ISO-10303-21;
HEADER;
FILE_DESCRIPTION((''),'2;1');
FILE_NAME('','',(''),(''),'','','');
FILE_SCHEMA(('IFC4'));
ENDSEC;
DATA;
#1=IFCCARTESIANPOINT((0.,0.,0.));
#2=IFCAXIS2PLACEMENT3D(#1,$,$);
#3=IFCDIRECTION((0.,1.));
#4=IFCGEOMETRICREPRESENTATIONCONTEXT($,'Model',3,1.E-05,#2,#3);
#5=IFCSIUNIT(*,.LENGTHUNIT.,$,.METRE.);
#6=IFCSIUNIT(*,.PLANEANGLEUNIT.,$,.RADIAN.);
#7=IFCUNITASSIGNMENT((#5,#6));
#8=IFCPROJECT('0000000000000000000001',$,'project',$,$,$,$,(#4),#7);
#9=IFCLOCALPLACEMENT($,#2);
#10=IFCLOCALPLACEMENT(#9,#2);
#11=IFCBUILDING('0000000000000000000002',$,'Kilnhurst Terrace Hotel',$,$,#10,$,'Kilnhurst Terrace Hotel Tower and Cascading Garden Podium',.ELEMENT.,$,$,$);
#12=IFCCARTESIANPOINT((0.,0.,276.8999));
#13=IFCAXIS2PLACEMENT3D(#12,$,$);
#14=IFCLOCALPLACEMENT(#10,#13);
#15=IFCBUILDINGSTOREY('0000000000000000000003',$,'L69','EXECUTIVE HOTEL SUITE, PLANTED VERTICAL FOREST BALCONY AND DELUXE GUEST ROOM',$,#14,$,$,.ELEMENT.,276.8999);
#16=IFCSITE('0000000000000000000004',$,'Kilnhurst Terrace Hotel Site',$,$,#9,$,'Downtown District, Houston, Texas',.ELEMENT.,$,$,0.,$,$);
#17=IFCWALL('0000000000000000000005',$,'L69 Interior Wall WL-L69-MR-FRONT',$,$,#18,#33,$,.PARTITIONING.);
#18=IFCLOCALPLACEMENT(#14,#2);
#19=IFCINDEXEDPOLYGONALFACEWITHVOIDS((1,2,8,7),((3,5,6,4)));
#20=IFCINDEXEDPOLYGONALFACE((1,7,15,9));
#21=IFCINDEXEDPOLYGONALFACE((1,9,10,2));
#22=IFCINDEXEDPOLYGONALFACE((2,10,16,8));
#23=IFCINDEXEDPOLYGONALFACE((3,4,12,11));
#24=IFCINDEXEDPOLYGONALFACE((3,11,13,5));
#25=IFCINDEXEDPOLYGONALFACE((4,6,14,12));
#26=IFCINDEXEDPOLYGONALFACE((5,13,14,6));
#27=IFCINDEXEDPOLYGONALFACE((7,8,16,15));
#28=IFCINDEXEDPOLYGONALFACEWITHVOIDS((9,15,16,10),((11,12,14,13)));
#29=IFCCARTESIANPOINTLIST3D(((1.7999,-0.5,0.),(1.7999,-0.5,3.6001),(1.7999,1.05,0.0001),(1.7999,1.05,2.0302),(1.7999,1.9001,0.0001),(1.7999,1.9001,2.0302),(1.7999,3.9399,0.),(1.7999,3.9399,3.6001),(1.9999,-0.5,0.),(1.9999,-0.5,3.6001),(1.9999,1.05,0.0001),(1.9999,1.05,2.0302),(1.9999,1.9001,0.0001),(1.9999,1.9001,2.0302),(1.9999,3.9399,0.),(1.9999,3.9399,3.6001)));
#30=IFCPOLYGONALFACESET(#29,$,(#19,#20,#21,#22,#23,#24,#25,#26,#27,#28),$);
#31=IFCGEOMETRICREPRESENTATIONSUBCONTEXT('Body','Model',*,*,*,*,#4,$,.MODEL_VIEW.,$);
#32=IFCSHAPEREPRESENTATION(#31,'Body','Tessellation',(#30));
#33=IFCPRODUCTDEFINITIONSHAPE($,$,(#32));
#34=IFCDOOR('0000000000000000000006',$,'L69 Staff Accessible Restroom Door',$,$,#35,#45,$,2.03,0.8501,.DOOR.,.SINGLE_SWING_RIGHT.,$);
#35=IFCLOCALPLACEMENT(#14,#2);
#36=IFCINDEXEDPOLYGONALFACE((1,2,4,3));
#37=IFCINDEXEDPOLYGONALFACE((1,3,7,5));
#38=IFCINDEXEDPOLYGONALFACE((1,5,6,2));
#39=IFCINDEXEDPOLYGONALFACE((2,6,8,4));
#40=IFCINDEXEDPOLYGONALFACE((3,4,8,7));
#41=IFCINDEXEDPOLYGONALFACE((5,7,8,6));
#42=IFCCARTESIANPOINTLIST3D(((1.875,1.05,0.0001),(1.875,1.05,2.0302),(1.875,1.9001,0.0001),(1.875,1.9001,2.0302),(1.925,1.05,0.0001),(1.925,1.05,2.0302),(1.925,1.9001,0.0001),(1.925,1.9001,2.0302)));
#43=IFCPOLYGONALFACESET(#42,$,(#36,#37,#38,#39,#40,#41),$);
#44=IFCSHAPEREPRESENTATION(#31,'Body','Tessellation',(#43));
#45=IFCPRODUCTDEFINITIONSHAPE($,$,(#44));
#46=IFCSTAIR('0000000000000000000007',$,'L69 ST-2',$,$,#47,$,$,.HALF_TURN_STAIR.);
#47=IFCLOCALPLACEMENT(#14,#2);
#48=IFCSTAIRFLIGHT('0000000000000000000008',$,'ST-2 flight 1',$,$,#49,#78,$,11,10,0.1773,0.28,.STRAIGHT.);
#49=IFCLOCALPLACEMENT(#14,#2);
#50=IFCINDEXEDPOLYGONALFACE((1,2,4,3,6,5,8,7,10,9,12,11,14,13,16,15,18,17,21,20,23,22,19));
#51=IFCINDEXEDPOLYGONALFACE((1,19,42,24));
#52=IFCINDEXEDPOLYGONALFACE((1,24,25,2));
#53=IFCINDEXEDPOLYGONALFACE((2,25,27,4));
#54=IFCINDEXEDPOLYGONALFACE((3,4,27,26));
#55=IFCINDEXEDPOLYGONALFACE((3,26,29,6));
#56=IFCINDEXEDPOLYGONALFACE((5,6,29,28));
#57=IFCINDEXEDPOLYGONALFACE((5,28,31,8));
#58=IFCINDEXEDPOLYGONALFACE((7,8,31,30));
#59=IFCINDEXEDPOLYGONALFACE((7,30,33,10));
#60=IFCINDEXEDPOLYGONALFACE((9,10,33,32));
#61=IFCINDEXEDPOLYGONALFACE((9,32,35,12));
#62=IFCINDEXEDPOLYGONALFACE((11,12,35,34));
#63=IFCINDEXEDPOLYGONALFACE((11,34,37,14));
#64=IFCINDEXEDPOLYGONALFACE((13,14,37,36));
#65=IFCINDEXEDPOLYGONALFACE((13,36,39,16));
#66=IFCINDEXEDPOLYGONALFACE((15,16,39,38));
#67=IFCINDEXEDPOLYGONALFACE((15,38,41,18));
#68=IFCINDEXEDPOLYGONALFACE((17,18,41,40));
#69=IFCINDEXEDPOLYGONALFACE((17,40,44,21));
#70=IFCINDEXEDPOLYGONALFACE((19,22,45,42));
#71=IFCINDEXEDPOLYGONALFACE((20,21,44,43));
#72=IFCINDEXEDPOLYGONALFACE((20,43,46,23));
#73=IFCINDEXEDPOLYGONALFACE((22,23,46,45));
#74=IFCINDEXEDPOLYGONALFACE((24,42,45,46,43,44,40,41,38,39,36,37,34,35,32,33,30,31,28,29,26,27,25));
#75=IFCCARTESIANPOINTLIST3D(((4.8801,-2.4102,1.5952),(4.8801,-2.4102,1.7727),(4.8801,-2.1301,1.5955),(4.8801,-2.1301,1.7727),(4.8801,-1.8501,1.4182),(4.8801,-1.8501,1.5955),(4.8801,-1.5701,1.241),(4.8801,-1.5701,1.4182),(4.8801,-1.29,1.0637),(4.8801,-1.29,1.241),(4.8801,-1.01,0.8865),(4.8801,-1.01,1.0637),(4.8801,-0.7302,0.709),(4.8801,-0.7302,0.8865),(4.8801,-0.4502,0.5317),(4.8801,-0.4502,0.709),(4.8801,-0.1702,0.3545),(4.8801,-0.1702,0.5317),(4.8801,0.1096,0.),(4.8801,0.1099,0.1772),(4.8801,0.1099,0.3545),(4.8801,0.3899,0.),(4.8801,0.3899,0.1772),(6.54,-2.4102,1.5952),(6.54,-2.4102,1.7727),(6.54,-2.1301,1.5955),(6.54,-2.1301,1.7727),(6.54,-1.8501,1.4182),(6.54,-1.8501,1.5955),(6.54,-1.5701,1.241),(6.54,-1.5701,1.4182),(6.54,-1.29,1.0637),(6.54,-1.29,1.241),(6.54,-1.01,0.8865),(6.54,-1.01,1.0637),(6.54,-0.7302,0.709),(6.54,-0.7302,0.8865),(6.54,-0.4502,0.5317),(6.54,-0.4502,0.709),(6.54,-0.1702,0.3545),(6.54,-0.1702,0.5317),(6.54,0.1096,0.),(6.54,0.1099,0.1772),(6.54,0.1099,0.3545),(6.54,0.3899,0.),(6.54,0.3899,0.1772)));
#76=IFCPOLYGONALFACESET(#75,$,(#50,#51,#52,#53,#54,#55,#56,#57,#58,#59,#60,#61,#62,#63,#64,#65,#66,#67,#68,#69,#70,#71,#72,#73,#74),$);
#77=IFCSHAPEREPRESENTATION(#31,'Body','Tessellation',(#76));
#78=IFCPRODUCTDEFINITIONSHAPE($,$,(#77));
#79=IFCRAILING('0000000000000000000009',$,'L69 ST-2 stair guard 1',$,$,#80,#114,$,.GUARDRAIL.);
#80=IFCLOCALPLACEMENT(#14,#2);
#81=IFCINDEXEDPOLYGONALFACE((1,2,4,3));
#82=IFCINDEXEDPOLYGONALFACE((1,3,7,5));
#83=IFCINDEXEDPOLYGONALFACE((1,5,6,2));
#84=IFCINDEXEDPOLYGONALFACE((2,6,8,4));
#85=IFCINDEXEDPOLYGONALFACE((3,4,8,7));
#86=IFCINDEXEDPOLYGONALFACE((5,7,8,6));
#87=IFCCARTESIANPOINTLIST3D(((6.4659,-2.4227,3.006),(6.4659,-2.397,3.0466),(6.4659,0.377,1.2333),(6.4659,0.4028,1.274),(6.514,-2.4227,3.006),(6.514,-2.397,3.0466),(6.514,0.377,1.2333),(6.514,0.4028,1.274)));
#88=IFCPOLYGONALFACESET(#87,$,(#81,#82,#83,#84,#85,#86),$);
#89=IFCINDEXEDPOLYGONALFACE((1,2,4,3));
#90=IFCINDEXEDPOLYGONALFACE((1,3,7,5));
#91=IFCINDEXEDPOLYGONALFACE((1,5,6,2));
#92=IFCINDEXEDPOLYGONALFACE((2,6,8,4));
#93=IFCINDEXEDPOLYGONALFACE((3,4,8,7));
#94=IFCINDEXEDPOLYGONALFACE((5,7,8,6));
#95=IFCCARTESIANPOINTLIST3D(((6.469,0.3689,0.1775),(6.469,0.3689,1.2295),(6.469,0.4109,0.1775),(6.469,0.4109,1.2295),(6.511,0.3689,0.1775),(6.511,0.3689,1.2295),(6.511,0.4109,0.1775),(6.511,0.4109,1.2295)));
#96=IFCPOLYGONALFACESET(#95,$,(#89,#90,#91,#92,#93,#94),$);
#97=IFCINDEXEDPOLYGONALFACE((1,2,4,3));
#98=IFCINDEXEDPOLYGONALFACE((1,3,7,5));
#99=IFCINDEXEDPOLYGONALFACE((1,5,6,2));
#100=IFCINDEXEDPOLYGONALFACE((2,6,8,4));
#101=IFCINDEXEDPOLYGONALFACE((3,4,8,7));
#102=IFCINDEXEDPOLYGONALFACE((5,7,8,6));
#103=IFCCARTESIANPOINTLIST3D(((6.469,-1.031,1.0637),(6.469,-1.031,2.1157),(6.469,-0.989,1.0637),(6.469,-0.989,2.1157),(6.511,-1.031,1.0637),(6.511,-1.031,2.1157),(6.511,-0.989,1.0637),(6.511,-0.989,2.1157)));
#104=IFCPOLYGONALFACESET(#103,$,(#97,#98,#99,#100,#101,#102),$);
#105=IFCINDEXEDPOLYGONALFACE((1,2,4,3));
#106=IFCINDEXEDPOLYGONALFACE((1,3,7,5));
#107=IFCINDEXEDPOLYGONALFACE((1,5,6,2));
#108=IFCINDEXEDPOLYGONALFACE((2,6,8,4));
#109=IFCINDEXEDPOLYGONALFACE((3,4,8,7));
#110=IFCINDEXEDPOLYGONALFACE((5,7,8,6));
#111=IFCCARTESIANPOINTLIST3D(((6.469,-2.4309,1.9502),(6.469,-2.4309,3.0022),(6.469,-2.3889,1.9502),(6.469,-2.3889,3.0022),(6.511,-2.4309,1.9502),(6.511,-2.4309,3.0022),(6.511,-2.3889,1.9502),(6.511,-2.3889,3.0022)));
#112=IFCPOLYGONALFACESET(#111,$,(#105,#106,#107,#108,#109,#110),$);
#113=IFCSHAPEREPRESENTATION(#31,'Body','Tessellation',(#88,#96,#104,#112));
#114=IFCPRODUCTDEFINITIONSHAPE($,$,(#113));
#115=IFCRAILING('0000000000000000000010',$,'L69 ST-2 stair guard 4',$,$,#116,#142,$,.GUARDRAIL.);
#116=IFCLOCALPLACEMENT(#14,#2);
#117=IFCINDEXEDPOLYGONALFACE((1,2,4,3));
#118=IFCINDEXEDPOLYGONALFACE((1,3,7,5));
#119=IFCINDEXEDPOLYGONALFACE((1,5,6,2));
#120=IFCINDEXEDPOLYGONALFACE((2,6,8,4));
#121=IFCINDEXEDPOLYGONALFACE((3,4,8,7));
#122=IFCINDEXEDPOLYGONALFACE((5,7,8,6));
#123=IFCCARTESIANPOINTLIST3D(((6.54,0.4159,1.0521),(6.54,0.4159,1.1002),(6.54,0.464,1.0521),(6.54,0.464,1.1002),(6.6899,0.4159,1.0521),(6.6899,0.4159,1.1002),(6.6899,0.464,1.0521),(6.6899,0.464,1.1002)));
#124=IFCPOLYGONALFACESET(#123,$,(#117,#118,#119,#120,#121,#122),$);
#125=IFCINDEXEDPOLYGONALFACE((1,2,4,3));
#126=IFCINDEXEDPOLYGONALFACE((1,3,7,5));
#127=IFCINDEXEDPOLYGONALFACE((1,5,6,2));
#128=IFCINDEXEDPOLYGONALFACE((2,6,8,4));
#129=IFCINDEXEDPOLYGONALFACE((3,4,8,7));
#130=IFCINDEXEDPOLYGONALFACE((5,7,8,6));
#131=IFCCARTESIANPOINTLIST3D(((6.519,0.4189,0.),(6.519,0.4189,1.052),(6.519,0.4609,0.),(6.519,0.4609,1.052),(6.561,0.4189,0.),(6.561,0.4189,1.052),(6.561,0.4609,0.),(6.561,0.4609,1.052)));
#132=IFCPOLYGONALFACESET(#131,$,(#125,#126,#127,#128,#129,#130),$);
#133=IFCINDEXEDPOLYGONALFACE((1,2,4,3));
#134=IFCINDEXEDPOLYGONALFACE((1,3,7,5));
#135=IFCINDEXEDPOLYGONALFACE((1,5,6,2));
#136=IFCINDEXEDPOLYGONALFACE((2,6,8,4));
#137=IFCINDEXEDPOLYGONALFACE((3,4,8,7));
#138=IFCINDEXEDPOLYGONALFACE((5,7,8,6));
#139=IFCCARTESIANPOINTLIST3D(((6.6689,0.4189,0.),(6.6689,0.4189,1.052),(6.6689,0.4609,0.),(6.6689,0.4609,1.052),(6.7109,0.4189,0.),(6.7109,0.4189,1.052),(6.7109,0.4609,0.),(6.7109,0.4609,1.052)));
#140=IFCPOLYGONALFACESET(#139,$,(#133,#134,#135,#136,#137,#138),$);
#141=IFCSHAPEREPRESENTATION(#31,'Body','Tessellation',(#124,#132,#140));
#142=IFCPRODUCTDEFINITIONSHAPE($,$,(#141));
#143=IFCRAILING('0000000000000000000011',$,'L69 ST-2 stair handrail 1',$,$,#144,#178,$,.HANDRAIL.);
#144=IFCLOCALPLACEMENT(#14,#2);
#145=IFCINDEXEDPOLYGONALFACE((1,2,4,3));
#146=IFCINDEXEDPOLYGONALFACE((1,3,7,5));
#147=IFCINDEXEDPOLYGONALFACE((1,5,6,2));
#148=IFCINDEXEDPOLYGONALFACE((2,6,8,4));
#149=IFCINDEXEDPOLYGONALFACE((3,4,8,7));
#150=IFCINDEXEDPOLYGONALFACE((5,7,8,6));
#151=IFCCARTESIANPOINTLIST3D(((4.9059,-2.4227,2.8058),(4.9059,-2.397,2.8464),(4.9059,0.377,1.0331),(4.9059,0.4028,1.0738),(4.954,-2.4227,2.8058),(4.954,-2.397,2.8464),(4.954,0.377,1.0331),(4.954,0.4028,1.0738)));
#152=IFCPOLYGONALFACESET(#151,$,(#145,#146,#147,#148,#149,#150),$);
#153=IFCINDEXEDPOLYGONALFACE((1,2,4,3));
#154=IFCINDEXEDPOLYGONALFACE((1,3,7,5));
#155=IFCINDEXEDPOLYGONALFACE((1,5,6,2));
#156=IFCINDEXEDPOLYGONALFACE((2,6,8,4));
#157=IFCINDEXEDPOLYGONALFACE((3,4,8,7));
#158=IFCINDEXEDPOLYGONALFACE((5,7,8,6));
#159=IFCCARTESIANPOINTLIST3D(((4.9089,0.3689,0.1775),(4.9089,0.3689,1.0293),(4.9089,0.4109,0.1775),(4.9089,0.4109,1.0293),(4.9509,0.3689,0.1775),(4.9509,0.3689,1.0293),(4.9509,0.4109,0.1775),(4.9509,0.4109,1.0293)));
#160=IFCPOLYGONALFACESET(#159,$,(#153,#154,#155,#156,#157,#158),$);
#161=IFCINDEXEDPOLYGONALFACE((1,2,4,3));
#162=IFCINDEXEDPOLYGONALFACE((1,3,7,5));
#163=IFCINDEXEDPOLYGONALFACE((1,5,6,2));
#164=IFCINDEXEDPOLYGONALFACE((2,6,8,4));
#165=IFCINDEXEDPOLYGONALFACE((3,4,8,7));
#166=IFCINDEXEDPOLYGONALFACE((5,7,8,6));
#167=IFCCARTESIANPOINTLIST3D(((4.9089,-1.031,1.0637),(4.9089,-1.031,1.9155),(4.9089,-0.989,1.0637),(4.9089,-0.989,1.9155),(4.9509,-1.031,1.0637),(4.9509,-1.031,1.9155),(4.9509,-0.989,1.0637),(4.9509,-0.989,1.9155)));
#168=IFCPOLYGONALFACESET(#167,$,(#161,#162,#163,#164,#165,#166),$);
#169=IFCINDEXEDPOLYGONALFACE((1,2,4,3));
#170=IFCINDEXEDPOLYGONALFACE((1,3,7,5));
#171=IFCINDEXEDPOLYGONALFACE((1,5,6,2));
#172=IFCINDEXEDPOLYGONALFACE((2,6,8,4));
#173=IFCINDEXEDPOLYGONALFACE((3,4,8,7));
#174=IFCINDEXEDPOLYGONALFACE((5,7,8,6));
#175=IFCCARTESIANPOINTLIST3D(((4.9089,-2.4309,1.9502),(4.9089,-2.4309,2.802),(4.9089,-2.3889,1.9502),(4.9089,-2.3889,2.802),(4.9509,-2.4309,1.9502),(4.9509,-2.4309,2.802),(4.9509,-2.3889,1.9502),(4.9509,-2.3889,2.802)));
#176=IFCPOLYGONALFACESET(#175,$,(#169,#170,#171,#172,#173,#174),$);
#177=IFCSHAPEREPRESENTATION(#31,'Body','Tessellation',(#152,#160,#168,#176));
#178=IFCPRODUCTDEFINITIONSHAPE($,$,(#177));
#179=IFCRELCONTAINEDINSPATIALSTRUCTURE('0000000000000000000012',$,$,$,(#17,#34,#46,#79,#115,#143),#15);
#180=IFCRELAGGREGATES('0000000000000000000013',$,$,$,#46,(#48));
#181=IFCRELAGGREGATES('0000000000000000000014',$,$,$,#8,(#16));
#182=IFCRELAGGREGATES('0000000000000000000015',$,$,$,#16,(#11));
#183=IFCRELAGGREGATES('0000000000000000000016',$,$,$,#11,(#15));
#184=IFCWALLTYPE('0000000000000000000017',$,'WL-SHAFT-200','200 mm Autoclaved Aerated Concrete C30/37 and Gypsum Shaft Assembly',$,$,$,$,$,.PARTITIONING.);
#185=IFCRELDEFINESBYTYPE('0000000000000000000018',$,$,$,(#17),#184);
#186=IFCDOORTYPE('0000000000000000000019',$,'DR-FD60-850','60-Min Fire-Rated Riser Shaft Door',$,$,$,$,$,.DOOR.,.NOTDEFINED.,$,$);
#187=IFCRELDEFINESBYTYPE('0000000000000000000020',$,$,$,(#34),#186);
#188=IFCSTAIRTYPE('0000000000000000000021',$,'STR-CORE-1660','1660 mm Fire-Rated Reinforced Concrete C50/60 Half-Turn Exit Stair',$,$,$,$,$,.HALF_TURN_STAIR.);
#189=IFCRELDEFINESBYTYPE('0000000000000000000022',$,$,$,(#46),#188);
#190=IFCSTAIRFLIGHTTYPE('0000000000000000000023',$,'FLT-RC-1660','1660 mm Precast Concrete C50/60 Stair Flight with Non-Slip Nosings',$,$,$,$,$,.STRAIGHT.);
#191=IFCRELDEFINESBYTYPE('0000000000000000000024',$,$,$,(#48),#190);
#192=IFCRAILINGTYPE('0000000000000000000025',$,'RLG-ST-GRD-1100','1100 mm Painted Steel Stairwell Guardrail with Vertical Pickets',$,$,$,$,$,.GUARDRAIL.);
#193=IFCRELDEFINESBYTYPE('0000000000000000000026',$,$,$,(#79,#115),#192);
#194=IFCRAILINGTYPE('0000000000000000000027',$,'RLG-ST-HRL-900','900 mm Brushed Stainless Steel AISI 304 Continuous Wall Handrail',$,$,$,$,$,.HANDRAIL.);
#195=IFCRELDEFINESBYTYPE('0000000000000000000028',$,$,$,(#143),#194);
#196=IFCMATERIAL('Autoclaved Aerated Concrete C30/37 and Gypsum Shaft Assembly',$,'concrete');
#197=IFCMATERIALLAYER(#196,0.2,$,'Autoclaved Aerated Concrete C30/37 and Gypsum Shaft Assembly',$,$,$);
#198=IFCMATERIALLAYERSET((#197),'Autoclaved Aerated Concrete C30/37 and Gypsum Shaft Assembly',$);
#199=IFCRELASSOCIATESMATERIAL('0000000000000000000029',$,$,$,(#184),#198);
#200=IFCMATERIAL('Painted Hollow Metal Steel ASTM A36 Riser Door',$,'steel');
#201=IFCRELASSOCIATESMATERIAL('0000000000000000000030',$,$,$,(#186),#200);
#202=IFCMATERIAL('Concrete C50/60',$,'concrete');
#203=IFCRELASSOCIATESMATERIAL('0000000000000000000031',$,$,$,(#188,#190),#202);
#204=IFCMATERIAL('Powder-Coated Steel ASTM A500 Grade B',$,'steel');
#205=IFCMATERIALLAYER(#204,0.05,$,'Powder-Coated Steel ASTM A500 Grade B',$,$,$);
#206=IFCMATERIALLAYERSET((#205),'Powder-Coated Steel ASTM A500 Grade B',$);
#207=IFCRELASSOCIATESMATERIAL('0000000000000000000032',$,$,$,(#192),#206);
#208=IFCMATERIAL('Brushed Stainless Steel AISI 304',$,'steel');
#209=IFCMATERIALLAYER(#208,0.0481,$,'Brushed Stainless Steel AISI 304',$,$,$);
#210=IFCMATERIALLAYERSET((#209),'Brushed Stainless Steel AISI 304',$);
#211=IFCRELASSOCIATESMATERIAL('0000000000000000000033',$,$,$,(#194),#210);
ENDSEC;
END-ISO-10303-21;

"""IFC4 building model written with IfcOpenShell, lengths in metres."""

from ifc_helpers import new_model, si_unit, direction, frame, frame_2d, origin, origin_2d, place, context, subcontext, project, spatial, polyline, rectangle, outline, extrude, material, layer, layer_set, type_object, element, fill, aggregate, save


model = new_model("IFC4")

# Units and contexts
model_context = context("Model", 3, precision=1e-05, world=origin(), true_north=direction((0.0, 1.0)))
body_context = subcontext(model_context, "Body", "Model", "MODEL_VIEW")
ifc_project = project(units=[si_unit("LENGTHUNIT", "METRE"), si_unit("PLANEANGLEUNIT", "RADIAN")], contexts=[model_context])

# Site, building, storey
site_placement = place(None, origin())
site = spatial("IfcSite", under=ifc_project, at=site_placement, Name="Kilnhurst Terrace Hotel Site", LongName="Downtown District, Houston, Texas", CompositionType="ELEMENT", RefElevation=0.0)
building_placement = place(site_placement, origin())
building = spatial("IfcBuilding", under=site, at=building_placement, Name="Kilnhurst Terrace Hotel", LongName="Kilnhurst Terrace Hotel Tower and Cascading Garden Podium", CompositionType="ELEMENT")
storey_placement = place(building_placement, frame((0.0, 0.0, 276.8999)))
storey = spatial("IfcBuildingStorey", under=building, at=storey_placement, Name="L69", Description="EXECUTIVE HOTEL SUITE, PLANTED VERTICAL FOREST BALCONY AND DELUXE GUEST ROOM", CompositionType="ELEMENT", Elevation=276.8999)

# Shared definitions
ifc_material_1 = material(Name="Autoclaved Aerated Concrete C30/37 and Gypsum Shaft Assembly", Category="concrete")
ifc_layer_1 = layer(ifc_material_1, 0.2, Name="Autoclaved Aerated Concrete C30/37 and Gypsum Shaft Assembly")
ifc_layer_set_1 = layer_set([ifc_layer_1], Name="Autoclaved Aerated Concrete C30/37 and Gypsum Shaft Assembly")
wall_type_1 = type_object("IfcWallType", Name="WL-SHAFT-200", Description="200 mm Autoclaved Aerated Concrete C30/37 and Gypsum Shaft Assembly", PredefinedType="PARTITIONING", material=ifc_layer_set_1)
ifc_material_2 = material(Name="Painted Hollow Metal Steel ASTM A36 Riser Door", Category="steel")
door_type_1 = type_object("IfcDoorType", Name="DR-FD60-850", Description="60-Min Fire-Rated Riser Shaft Door", OperationType="NOTDEFINED", PredefinedType="DOOR", material=ifc_material_2)

# Wall, opening, door
wall_1_placement = place(storey_placement, frame((1.8999, -0.5, 0.0), z_axis=(0.0, 0.0, 1.0), x_axis=(0.0, 1.0, 0.0)))
wall_1 = element("IfcWall", 1, at=wall_1_placement, inside=storey, type_object=wall_type_1, Name="L69 Interior Wall WL-L69-MR-FRONT", PredefinedType="PARTITIONING", context=body_context, shape_type="SweptSolid", body=[
    extrude(rectangle(XDim=4.4399, YDim=0.2, at=frame_2d((2.22, 0.0))), origin(), (0.0, 0.0, 1.0), 3.6001),
])
opening_1_placement = place(wall_1_placement, frame((1.55, 0.0, 0.0)))
opening_1 = element("IfcOpeningElement", 2, at=opening_1_placement, cuts=wall_1, PredefinedType="OPENING", context=body_context, shape_type="SweptSolid", body=[
    extrude(rectangle(XDim=0.8501, YDim=2.03, at=frame_2d((0.425, 1.0151))), frame((0.0, 0.1099, 0.0), z_axis=(0.0, -1.0, 0.0), x_axis=(1.0, 0.0, 0.0)), (0.0, 0.0, 1.0), 0.22),
])
door_1_placement = place(opening_1_placement, origin())
door_1 = element("IfcDoor", 3, at=door_1_placement, inside=storey, type_object=door_type_1, Name="L69 Staff Accessible Restroom Door", OperationType="SINGLE_SWING_RIGHT", OverallHeight=2.03, OverallWidth=0.8501, PredefinedType="DOOR", context=body_context, shape_type="SweptSolid", body=[
    extrude(rectangle(XDim=0.8501, YDim=2.03, at=frame_2d((0.425, 1.0151))), frame((0.0, 0.0249, 0.0), z_axis=(0.0, -1.0, 0.0), x_axis=(1.0, 0.0, 0.0)), (0.0, 0.0, 1.0), 0.05),
])
fill(opening_1, door_1)
ifc_material_3 = material(Name="Concrete C50/60", Category="concrete")

# Stair, stair flight
stair_type = type_object("IfcStairType", Name="STR-CORE-1660", Description="1660 mm Fire-Rated Reinforced Concrete C50/60 Half-Turn Exit Stair", PredefinedType="HALF_TURN_STAIR", material=ifc_material_3)
stair_placement = place(storey_placement, origin())
stair = element("IfcStair", 4, at=stair_placement, inside=storey, type_object=stair_type, Name="L69 ST-2", PredefinedType="HALF_TURN_STAIR")
stair_flight_type = type_object("IfcStairFlightType", Name="FLT-RC-1660", Description="1660 mm Precast Concrete C50/60 Stair Flight with Non-Slip Nosings", PredefinedType="STRAIGHT", material=ifc_material_3)
stair_flight_placement = place(storey_placement, frame((5.71, 0.3899, 0.0), z_axis=(0.0, 0.0, 1.0), x_axis=(0.0, -1.0, 0.0)))
stair_flight = element("IfcStairFlight", 5, at=stair_flight_placement, type_object=stair_flight_type, Name="ST-2 flight 1", NumberOfRisers=11, NumberOfTreads=10, PredefinedType="STRAIGHT", RiserHeight=0.1773, TreadLength=0.28, context=body_context, shape_type="SweptSolid", body=[
    extrude(outline(polyline([(0.0, 0.0), (0.0, 0.1772), (0.28, 0.1772), (0.28, 0.3545), (0.5601, 0.3545), (0.5601, 0.5317), (0.8401, 0.5317), (0.8401, 0.709), (1.1201, 0.709), (1.1201, 0.8865), (1.3999, 0.8865), (1.3999, 1.0637), (1.6799, 1.0637), (1.6799, 1.241), (1.96, 1.241), (1.96, 1.4182), (2.24, 1.4182), (2.24, 1.5955), (2.52, 1.5955), (2.52, 1.7727), (2.8, 1.7727), (2.8, 1.95), (2.8, 1.5952), (0.2803, 0.0), (0.0, 0.0)])), frame((0.0, 0.8301, 0.0), z_axis=(0.0, -1.0, 0.0), x_axis=(1.0, 0.0, 0.0)), (0.0, 0.0, 1.0), 1.6599),
])
aggregate(stair, [stair_flight])

# Railings
ifc_material_4 = material(Name="Powder-Coated Steel ASTM A500 Grade B", Category="steel")
ifc_layer_2 = layer(ifc_material_4, 0.05, Name="Powder-Coated Steel ASTM A500 Grade B")
ifc_layer_set_2 = layer_set([ifc_layer_2], Name="Powder-Coated Steel ASTM A500 Grade B")
railing_type_1 = type_object("IfcRailingType", Name="RLG-ST-GRD-1100", Description="1100 mm Painted Steel Stairwell Guardrail with Vertical Pickets", PredefinedType="GUARDRAIL", material=ifc_layer_set_2)
railing_1_placement = place(storey_placement, frame((6.49, 0.3899, 0.1775)))
element("IfcRailing", 6, at=railing_1_placement, inside=storey, type_object=railing_type_1, Name="L69 ST-2 stair guard 1", PredefinedType="GUARDRAIL", context=body_context, shape_type="SweptSolid", body=[
    extrude(rectangle(XDim=0.0481, YDim=0.0481, at=origin_2d()), frame((0.0, 0.0, 1.0762), z_axis=(0.0, -0.844888, 0.534943), x_axis=(1.0, 0.0, 0.0)), (0.0, 0.0, 1.0), 3.3137),
    extrude(rectangle(XDim=0.042, YDim=0.042, at=origin_2d()), origin(), (0.0, 0.0, 1.0), 1.052),
    extrude(rectangle(XDim=0.042, YDim=0.042, at=origin_2d()), frame((0.0, -1.3999, 0.8862)), (0.0, 0.0, 1.0), 1.052),
    extrude(rectangle(XDim=0.042, YDim=0.042, at=origin_2d()), frame((0.0, -2.7998, 1.7727)), (0.0, 0.0, 1.0), 1.052),
])
railing_2_placement = place(storey_placement, frame((6.54, 0.4399, 0.0)))
element("IfcRailing", 7, at=railing_2_placement, inside=storey, type_object=railing_type_1, Name="L69 ST-2 stair guard 4", PredefinedType="GUARDRAIL", context=body_context, shape_type="SweptSolid", body=[
    extrude(rectangle(XDim=0.0481, YDim=0.0481, at=origin_2d()), frame((0.0, 0.0, 1.0762), z_axis=(1.0, 0.0, 0.0), x_axis=(0.0, 1.0, 0.0)), (0.0, 0.0, 1.0), 0.1499),
    extrude(rectangle(XDim=0.042, YDim=0.042, at=origin_2d()), origin(), (0.0, 0.0, 1.0), 1.052),
    extrude(rectangle(XDim=0.042, YDim=0.042, at=origin_2d()), frame((0.1499, 0.0, 0.0)), (0.0, 0.0, 1.0), 1.052),
])
ifc_material_5 = material(Name="Brushed Stainless Steel AISI 304", Category="steel")
ifc_layer_3 = layer(ifc_material_5, 0.0481, Name="Brushed Stainless Steel AISI 304")
ifc_layer_set_3 = layer_set([ifc_layer_3], Name="Brushed Stainless Steel AISI 304")
railing_type_2 = type_object("IfcRailingType", Name="RLG-ST-HRL-900", Description="900 mm Brushed Stainless Steel AISI 304 Continuous Wall Handrail", PredefinedType="HANDRAIL", material=ifc_layer_set_3)
railing_3_placement = place(storey_placement, frame((4.9299, 0.3899, 0.1775)))
element("IfcRailing", 8, at=railing_3_placement, inside=storey, type_object=railing_type_2, Name="L69 ST-2 stair handrail 1", PredefinedType="HANDRAIL", context=body_context, shape_type="SweptSolid", body=[
    extrude(rectangle(XDim=0.0481, YDim=0.0481, at=origin_2d()), frame((0.0, 0.0, 0.876), z_axis=(0.0, -0.844888, 0.534943), x_axis=(1.0, 0.0, 0.0)), (0.0, 0.0, 1.0), 3.3137),
    extrude(rectangle(XDim=0.042, YDim=0.042, at=origin_2d()), origin(), (0.0, 0.0, 1.0), 0.8518),
    extrude(rectangle(XDim=0.042, YDim=0.042, at=origin_2d()), frame((0.0, -1.3999, 0.8862)), (0.0, 0.0, 1.0), 0.8518),
    extrude(rectangle(XDim=0.042, YDim=0.042, at=origin_2d()), frame((0.0, -2.7998, 1.7727)), (0.0, 0.0, 1.0), 0.8518),
])

save(model, "model.ifc")
